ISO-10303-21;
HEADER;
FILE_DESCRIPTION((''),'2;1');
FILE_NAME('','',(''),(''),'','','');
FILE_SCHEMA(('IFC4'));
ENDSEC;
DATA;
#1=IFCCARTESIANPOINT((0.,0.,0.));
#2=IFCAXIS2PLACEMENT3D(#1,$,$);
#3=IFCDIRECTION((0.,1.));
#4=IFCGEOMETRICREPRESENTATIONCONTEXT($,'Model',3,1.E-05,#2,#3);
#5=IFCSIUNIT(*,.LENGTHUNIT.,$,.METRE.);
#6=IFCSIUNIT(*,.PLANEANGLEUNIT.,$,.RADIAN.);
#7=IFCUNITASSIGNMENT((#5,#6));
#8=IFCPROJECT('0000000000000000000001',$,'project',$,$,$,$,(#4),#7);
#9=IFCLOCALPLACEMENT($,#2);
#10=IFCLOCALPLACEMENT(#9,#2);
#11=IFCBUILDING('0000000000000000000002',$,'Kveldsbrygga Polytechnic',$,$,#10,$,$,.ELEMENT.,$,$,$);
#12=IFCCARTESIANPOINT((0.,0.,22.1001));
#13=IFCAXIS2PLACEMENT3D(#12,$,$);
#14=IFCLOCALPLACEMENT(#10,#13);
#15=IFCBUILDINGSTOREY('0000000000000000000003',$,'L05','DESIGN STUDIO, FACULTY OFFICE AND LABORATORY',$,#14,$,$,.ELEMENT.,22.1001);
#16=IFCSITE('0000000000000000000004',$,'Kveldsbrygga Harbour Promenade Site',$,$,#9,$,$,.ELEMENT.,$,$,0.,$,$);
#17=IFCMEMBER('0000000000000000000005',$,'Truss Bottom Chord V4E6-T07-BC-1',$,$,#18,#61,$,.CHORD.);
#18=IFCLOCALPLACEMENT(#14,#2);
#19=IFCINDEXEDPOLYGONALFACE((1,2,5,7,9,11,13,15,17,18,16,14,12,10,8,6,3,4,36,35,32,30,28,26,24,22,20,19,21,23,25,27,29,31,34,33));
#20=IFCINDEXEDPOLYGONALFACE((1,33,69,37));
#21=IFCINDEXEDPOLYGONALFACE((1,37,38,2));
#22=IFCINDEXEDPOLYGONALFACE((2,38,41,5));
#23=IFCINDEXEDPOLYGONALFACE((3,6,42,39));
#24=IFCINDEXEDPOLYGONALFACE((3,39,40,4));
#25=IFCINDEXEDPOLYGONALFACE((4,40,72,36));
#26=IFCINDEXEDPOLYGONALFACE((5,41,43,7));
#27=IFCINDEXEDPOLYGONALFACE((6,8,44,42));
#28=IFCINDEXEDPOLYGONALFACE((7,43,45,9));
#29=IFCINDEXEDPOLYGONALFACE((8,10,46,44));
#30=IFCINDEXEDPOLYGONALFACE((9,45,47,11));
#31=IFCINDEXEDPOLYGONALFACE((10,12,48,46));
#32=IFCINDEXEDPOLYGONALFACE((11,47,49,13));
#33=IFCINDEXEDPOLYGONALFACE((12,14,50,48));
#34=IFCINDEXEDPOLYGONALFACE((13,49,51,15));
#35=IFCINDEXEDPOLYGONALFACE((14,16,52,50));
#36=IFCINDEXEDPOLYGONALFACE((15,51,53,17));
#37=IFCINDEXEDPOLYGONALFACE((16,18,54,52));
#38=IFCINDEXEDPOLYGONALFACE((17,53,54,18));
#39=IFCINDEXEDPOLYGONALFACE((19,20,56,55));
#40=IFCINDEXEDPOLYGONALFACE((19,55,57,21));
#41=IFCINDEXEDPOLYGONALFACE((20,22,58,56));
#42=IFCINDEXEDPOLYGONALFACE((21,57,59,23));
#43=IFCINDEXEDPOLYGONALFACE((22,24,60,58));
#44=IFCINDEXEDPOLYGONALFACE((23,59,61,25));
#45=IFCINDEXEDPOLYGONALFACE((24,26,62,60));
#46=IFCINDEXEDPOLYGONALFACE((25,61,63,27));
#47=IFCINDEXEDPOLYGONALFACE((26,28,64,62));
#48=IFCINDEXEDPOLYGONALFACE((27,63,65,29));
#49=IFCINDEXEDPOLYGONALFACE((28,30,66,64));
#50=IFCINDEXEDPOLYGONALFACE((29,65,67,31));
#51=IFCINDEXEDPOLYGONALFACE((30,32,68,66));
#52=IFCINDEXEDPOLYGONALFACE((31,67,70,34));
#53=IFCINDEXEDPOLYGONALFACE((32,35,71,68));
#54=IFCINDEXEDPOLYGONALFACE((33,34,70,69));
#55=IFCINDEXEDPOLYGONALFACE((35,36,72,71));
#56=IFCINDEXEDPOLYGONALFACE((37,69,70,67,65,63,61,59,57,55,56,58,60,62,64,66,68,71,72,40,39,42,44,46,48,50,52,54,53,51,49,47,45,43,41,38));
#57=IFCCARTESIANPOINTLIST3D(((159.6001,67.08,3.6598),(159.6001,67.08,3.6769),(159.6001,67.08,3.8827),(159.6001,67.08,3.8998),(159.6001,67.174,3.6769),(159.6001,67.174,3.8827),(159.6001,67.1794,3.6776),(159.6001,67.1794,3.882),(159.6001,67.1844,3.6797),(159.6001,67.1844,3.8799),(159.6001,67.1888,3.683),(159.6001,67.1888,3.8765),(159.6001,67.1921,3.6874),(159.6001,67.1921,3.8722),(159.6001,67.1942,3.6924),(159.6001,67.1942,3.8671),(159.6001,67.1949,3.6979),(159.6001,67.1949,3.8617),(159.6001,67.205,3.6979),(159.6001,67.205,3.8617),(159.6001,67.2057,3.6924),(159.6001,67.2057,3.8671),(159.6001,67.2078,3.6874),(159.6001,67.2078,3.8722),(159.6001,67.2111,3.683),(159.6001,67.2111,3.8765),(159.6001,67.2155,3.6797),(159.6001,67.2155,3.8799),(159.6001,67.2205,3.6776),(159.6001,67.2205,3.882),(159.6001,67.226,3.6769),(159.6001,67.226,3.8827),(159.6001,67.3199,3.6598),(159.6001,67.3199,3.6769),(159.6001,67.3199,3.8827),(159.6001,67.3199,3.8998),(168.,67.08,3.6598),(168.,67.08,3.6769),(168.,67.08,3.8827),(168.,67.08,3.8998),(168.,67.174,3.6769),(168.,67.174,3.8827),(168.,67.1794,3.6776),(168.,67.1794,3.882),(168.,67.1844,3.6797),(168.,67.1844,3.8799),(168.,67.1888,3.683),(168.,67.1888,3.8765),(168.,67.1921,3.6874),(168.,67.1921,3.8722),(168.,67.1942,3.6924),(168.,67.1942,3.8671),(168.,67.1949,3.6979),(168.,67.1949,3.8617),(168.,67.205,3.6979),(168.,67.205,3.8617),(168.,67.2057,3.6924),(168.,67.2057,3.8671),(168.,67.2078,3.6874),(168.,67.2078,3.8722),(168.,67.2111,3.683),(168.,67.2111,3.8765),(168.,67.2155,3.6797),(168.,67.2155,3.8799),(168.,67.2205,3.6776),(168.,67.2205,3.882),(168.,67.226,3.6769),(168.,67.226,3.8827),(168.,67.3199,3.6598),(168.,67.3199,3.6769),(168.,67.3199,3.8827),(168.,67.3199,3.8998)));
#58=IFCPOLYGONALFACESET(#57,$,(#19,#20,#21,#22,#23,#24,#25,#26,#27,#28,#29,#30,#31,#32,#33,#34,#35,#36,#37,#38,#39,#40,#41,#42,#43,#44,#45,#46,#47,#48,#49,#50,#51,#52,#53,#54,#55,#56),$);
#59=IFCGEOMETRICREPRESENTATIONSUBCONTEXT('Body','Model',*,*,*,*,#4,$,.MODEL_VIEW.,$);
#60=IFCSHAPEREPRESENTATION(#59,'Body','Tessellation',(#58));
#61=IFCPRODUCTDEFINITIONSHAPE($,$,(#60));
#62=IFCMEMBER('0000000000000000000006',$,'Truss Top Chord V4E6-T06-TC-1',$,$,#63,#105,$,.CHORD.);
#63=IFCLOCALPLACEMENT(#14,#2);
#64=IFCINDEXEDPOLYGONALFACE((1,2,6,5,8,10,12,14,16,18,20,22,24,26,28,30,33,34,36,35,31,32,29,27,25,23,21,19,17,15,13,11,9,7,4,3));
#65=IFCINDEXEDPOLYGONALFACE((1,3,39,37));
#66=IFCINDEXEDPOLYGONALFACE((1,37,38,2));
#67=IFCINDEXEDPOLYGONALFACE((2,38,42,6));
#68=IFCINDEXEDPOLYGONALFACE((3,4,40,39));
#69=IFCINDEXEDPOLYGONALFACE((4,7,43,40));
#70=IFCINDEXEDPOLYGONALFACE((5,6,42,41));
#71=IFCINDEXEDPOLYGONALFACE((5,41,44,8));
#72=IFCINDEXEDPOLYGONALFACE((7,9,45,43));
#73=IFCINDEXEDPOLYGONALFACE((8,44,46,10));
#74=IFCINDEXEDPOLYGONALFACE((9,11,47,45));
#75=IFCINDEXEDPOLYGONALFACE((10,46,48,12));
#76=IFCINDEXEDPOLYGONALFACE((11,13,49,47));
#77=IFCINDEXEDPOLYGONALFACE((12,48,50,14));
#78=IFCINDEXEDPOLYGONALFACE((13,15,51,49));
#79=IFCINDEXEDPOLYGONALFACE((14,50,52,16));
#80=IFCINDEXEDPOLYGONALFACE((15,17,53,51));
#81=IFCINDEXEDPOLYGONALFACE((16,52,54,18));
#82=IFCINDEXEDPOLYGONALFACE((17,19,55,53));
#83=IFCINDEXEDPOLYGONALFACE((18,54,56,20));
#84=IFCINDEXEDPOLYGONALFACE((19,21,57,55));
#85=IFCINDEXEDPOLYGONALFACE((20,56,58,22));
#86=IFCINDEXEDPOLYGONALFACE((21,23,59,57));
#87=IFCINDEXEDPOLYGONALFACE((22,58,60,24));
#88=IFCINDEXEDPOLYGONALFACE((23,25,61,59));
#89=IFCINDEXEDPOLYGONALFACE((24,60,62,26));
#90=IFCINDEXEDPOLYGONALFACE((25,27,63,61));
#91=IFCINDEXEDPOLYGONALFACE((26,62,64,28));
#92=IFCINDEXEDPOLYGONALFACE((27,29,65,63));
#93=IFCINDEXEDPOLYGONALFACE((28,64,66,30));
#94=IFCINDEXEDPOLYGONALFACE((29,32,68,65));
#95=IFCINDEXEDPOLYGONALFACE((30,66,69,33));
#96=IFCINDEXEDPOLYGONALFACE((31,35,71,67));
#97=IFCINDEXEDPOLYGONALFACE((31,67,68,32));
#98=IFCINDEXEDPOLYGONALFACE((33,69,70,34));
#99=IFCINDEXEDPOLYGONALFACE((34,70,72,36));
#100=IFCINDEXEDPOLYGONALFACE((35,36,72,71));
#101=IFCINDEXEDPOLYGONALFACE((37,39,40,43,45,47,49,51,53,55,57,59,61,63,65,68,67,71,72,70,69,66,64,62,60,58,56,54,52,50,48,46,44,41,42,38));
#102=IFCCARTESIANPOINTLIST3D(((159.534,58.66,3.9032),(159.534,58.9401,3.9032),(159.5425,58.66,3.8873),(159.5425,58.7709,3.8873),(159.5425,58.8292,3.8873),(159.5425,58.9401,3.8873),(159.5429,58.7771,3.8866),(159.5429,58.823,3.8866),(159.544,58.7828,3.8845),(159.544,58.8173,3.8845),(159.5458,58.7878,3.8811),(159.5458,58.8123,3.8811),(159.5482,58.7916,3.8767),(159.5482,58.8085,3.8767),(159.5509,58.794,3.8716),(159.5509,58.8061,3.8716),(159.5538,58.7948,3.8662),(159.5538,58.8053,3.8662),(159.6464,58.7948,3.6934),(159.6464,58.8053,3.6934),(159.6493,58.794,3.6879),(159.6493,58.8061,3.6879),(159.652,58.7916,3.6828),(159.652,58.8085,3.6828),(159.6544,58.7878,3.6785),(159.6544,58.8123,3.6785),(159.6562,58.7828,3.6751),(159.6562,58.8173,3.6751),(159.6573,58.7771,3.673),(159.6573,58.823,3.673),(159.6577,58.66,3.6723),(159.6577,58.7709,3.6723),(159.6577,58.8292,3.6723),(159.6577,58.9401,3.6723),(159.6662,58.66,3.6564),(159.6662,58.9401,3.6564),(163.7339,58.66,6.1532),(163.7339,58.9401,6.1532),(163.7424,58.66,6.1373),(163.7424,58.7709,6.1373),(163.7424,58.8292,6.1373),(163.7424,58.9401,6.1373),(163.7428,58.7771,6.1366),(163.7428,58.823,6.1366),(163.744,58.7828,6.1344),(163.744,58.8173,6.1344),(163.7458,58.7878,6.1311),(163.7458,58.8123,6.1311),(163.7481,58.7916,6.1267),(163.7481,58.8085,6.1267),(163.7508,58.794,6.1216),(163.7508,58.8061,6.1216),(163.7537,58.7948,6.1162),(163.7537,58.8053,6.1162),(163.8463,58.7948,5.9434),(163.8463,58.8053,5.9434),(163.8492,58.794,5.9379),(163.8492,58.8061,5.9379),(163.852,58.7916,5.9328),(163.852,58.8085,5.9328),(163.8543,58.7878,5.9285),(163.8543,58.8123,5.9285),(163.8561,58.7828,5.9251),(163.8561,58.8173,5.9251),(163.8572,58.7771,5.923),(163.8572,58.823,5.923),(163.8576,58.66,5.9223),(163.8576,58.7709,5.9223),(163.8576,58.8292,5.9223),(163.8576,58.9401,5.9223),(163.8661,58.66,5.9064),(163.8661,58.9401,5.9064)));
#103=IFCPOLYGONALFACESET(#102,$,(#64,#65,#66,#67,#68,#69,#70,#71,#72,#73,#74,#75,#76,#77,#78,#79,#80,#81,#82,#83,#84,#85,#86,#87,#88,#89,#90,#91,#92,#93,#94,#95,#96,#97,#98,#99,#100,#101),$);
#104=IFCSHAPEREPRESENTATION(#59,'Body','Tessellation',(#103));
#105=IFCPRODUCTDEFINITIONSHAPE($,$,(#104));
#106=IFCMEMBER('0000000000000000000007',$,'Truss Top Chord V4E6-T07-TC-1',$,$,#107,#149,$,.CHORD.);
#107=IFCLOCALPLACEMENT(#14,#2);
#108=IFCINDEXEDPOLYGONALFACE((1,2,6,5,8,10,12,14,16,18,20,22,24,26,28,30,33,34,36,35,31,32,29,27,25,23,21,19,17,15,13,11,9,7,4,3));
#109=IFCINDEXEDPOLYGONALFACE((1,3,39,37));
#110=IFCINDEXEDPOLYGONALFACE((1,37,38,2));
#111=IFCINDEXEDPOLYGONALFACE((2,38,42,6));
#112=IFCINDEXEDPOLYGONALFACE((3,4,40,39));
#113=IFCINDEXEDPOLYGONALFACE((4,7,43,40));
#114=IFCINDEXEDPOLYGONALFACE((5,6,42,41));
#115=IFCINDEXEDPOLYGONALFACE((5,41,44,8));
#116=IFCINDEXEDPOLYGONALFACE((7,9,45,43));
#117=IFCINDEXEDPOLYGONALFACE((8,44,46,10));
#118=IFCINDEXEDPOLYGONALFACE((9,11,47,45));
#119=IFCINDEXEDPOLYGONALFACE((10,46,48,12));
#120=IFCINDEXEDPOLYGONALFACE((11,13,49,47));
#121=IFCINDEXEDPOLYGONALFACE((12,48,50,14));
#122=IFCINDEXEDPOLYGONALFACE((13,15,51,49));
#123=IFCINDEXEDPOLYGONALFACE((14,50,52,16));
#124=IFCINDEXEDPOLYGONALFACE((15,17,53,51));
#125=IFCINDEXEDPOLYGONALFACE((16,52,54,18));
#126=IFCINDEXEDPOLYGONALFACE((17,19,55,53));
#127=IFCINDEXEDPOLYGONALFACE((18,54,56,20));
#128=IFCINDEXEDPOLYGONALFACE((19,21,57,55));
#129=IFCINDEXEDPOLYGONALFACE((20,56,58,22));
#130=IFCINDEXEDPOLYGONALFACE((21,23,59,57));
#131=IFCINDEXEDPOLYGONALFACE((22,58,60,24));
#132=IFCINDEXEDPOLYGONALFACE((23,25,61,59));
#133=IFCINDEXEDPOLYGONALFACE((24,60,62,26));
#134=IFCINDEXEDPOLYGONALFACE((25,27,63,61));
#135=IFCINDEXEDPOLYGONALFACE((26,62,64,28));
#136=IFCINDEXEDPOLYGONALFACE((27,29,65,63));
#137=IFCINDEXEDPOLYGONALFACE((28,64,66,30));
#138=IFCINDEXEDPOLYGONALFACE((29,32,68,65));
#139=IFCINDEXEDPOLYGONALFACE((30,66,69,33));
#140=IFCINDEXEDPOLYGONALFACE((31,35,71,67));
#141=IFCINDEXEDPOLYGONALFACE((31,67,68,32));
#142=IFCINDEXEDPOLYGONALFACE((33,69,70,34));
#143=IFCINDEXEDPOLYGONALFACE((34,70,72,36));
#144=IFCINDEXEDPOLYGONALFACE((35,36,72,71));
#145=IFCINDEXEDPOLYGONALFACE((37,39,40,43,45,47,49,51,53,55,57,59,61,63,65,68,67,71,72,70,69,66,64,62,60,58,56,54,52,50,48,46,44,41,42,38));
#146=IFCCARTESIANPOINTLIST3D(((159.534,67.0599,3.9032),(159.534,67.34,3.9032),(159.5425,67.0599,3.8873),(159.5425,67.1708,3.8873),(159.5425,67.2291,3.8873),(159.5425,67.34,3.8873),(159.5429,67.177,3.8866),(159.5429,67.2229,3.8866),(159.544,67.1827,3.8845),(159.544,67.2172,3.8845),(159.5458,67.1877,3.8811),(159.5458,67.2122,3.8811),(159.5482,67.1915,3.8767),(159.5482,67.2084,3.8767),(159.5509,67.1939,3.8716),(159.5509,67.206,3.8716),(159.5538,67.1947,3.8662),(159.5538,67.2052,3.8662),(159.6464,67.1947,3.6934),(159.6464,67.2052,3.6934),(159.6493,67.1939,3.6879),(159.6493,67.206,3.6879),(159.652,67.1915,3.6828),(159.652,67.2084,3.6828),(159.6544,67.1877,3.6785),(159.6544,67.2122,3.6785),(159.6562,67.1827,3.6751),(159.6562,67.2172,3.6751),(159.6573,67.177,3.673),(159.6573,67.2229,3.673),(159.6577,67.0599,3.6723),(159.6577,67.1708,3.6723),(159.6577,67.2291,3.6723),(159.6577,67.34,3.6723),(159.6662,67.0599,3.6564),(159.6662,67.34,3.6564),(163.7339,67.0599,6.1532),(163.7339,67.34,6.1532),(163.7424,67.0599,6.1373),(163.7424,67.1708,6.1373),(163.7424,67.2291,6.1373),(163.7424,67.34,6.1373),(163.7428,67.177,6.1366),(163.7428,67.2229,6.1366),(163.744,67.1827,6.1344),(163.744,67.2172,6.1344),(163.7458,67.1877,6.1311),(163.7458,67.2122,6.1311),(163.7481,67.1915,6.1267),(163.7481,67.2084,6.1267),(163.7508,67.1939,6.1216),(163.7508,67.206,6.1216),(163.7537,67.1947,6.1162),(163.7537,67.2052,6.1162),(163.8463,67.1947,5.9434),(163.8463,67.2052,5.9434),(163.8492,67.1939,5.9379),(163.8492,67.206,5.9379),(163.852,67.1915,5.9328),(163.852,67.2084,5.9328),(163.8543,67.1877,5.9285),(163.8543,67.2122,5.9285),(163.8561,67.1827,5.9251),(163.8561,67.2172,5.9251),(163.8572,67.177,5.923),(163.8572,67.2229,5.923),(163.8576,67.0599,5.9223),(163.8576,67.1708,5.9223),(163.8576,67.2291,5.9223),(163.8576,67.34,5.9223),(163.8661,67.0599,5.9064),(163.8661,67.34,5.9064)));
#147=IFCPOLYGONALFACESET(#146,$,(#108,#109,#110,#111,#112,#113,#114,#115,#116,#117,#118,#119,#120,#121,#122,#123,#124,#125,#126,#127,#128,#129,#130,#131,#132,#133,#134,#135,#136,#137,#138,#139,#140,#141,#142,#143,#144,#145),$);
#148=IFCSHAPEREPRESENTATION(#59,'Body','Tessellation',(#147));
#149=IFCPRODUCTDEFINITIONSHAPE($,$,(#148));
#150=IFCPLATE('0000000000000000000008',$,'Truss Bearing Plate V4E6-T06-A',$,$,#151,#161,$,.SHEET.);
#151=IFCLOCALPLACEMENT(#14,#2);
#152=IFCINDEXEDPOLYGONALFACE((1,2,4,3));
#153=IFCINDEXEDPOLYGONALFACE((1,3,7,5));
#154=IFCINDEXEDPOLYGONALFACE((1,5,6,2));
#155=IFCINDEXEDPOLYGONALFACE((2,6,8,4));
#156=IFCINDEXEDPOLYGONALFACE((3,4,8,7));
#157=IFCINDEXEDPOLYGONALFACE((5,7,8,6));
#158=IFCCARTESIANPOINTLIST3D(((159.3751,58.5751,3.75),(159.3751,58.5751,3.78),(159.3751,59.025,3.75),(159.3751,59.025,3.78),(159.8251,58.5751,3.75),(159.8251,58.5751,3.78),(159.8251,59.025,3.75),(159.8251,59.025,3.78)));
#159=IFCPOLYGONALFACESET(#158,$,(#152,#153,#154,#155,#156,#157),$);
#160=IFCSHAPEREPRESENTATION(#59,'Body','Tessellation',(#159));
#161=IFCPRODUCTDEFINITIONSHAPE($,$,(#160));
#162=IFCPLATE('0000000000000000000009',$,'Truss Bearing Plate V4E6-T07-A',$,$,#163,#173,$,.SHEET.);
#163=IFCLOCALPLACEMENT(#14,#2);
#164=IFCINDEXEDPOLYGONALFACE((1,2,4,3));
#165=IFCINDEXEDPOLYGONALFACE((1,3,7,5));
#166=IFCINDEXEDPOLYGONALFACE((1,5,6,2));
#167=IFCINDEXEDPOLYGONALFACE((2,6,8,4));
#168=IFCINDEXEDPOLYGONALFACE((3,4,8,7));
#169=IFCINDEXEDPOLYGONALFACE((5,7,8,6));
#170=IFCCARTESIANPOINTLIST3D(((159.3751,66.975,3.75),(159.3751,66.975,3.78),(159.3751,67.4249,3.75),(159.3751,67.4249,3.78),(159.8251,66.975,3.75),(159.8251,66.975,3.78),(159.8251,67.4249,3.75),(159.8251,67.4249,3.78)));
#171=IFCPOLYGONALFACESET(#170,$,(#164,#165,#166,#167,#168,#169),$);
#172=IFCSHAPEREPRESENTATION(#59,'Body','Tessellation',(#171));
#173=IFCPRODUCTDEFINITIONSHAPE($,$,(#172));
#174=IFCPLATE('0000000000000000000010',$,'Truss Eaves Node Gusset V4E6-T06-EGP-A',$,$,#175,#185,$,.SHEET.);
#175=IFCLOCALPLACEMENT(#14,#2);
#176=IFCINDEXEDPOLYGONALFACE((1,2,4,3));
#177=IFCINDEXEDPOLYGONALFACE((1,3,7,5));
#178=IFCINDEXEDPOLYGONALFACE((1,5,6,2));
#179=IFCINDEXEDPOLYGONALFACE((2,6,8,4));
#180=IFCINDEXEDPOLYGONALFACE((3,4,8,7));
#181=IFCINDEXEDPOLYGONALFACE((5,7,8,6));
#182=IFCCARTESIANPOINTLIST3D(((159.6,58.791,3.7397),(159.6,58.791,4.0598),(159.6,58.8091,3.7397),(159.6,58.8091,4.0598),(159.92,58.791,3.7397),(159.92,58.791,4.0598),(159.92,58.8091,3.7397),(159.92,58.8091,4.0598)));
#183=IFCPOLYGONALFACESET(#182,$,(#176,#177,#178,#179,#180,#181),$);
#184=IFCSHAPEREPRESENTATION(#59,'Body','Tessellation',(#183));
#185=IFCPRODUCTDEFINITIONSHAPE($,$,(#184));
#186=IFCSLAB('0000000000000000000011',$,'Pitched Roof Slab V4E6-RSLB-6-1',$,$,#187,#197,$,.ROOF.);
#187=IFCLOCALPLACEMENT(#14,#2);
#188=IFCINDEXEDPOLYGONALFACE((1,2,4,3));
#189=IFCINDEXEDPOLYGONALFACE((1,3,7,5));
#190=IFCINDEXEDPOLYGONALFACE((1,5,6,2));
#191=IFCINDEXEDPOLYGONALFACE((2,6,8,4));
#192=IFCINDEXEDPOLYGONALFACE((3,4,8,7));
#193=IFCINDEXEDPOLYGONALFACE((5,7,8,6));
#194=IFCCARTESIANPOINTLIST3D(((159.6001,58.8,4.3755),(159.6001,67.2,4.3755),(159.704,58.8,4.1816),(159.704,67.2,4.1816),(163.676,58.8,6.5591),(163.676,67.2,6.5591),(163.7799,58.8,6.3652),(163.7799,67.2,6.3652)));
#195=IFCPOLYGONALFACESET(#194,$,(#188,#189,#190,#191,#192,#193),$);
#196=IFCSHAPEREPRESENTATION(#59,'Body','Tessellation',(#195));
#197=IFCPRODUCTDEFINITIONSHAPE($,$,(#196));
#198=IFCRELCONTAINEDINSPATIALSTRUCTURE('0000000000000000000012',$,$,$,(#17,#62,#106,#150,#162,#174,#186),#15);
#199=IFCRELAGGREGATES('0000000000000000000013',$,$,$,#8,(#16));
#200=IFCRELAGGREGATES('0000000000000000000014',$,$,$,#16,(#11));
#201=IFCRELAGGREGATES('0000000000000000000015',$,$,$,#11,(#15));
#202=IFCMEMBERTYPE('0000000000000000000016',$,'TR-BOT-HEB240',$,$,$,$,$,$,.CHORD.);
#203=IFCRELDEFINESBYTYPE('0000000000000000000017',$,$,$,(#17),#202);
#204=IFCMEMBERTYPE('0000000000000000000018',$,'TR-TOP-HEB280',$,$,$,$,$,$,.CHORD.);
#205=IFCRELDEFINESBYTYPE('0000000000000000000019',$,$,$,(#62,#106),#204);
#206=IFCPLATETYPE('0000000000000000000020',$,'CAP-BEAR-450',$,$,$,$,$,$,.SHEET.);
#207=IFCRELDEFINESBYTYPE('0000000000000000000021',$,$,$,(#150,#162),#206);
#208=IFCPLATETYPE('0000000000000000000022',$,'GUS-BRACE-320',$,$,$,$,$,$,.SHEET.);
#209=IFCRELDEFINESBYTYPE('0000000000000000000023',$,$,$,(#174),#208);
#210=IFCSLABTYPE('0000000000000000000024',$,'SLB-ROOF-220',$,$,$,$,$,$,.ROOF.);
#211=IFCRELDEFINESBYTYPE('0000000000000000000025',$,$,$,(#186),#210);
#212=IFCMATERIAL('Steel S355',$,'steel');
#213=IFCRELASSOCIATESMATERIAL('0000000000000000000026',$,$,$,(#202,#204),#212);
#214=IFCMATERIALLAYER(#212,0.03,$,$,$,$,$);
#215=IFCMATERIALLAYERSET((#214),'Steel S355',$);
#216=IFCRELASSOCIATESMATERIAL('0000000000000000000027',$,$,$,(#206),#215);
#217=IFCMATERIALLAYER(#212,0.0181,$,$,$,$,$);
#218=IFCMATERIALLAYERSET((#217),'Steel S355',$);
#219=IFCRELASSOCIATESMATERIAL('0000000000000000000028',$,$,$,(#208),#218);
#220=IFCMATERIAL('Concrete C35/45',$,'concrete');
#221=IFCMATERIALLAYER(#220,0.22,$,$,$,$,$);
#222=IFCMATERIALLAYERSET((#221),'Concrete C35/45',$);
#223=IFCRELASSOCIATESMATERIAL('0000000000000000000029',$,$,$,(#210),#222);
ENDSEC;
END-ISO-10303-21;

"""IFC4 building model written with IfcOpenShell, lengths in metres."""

from ifc_helpers import new_model, si_unit, direction, frame, origin, origin_2d, place, context, subcontext, project, spatial, polyline, rectangle, i_section, outline, extrude, material, layer, layer_set, material_profile, profile_set, type_object, element, save


model = new_model("IFC4")

# Units and contexts
model_context = context("Model", 3, precision=1e-05, world=origin(), true_north=direction((0.0, 1.0)))
body_context = subcontext(model_context, "Body", "Model", "MODEL_VIEW")
ifc_project = project(units=[si_unit("LENGTHUNIT", "METRE"), si_unit("PLANEANGLEUNIT", "RADIAN")], contexts=[model_context])

# Site, building, storey
site_placement = place(None, origin())
site = spatial("IfcSite", under=ifc_project, at=site_placement, Name="Kveldsbrygga Harbour Promenade Site", CompositionType="ELEMENT", RefElevation=0.0)
building_placement = place(site_placement, origin())
building = spatial("IfcBuilding", under=site, at=building_placement, Name="Kveldsbrygga Polytechnic", CompositionType="ELEMENT")
storey_placement = place(building_placement, frame((0.0, 0.0, 22.1001)))
storey = spatial("IfcBuildingStorey", under=building, at=storey_placement, Name="L05", Description="DESIGN STUDIO, FACULTY OFFICE AND LABORATORY", CompositionType="ELEMENT", Elevation=22.1001)

# Shared definitions
ifc_material_1 = material(Name="Concrete C35/45", Category="concrete")
ifc_material_2 = material(Name="Steel S355", Category="steel")

# Members
ifc_material_profile_1 = material_profile(ifc_material_2, i_section(OverallWidth=0.24, OverallDepth=0.24, WebThickness=0.01, FlangeThickness=0.0171, FilletRadius=0.021, at=origin_2d()), Name="HEB 240")
ifc_profile_set_1 = profile_set([ifc_material_profile_1], Name="Steel S355")
member_type_1 = type_object("IfcMemberType", Name="TR-BOT-HEB240", PredefinedType="CHORD", material=ifc_profile_set_1)
for number, where, z_axis, x_axis, name in (
    (1, (159.6001, 67.2, 3.7798), (1.0, 0.0, 0.0), (0.0, 1.0, 0.0), "Truss Bottom Chord V4E6-T07-BC-1"),
):
    element("IfcMember", number, at=place(storey_placement, frame(where, z_axis=z_axis, x_axis=x_axis)), inside=storey, type_object=member_type_1, Name=name, PredefinedType="CHORD", context=body_context, shape_type="SweptSolid", body=[
        extrude(i_section(OverallWidth=0.24, OverallDepth=0.24, WebThickness=0.01, FlangeThickness=0.0171, FilletRadius=0.021, at=origin_2d()), origin(), (0.0, 0.0, 1.0), 8.3999),
    ])
ifc_material_profile_2 = material_profile(ifc_material_2, i_section(OverallWidth=0.28, OverallDepth=0.28, WebThickness=0.0105, FlangeThickness=0.0181, FilletRadius=0.0239, at=origin_2d()), Name="HEB 280")
ifc_profile_set_2 = profile_set([ifc_material_profile_2], Name="Steel S355")
member_type_2 = type_object("IfcMemberType", Name="TR-TOP-HEB280", PredefinedType="CHORD", material=ifc_profile_set_2)
for number, where, z_axis, x_axis, name in (
    (2, (159.6001, 58.8, 3.7798), (0.881478, 0.0, 0.472226), (0.0, 1.0, 0.0), "Truss Top Chord V4E6-T06-TC-1"),
    (3, (159.6001, 67.2, 3.7798), (0.881478, 0.0, 0.472226), (0.0, 1.0, 0.0), "Truss Top Chord V4E6-T07-TC-1"),
):
    element("IfcMember", number, at=place(storey_placement, frame(where, z_axis=z_axis, x_axis=x_axis)), inside=storey, type_object=member_type_2, Name=name, PredefinedType="CHORD", context=body_context, shape_type="SweptSolid", body=[
        extrude(i_section(OverallWidth=0.28, OverallDepth=0.28, WebThickness=0.0105, FlangeThickness=0.0181, FilletRadius=0.0239, at=origin_2d()), origin(), (0.0, 0.0, 1.0), 4.7646),
    ])

# Plates
ifc_layer_1 = layer(ifc_material_2, 0.03)
ifc_layer_set_1 = layer_set([ifc_layer_1], Name="Steel S355")
plate_type_1 = type_object("IfcPlateType", Name="CAP-BEAR-450", PredefinedType="SHEET", material=ifc_layer_set_1)
for number, where, z_axis, x_axis, name in (
    (4, (159.6001, 58.8, 3.75), (0.0, 0.0, 1.0), (1.0, 0.0, 0.0), "Truss Bearing Plate V4E6-T06-A"),
    (5, (159.6001, 67.2, 3.75), (0.0, 0.0, 1.0), (1.0, 0.0, 0.0), "Truss Bearing Plate V4E6-T07-A"),
):
    element("IfcPlate", number, at=place(storey_placement, frame(where, z_axis=z_axis, x_axis=x_axis)), inside=storey, type_object=plate_type_1, Name=name, PredefinedType="SHEET", context=body_context, shape_type="SweptSolid", body=[
        extrude(rectangle(XDim=0.45, YDim=0.45, at=origin_2d()), origin(), (0.0, 0.0, 1.0), 0.03),
    ])
ifc_layer_2 = layer(ifc_material_2, 0.0181)
ifc_layer_set_2 = layer_set([ifc_layer_2], Name="Steel S355")
plate_type_2 = type_object("IfcPlateType", Name="GUS-BRACE-320", PredefinedType="SHEET", material=ifc_layer_set_2)
plate_placement = place(storey_placement, frame((159.76, 58.8, 3.7397), z_axis=(0.0, 0.0, 1.0), x_axis=(1.0, 0.0, 0.0)))
element("IfcPlate", 6, at=plate_placement, inside=storey, type_object=plate_type_2, Name="Truss Eaves Node Gusset V4E6-T06-EGP-A", PredefinedType="SHEET", context=body_context, shape_type="SweptSolid", body=[
    extrude(rectangle(XDim=0.3201, YDim=0.0181, at=origin_2d()), origin(), (0.0, 0.0, 1.0), 0.3201),
])

# Slab
ifc_layer_3 = layer(ifc_material_1, 0.22)
ifc_layer_set_3 = layer_set([ifc_layer_3], Name="Concrete C35/45")
slab_type = type_object("IfcSlabType", Name="SLB-ROOF-220", PredefinedType="ROOF", material=ifc_layer_set_3)
slab_1_placement = place(storey_placement, frame((159.6001, 58.8, 4.3755), z_axis=(-0.472232, 0.0, 0.881474), x_axis=(0.881474, 0.0, 0.472232)))
element("IfcSlab", 7, at=slab_1_placement, inside=storey, type_object=slab_type, Name="Pitched Roof Slab V4E6-RSLB-6-1", PredefinedType="ROOF", context=body_context, shape_type="SweptSolid", body=[
    extrude(outline(polyline([(0.0, 0.0), (4.624, 0.0), (4.624, 8.3999), (0.0, 8.3999), (0.0, 0.0)])), origin(), (0.0, 0.0, -1.0), 0.22),
])

save(model, "model.ifc")
